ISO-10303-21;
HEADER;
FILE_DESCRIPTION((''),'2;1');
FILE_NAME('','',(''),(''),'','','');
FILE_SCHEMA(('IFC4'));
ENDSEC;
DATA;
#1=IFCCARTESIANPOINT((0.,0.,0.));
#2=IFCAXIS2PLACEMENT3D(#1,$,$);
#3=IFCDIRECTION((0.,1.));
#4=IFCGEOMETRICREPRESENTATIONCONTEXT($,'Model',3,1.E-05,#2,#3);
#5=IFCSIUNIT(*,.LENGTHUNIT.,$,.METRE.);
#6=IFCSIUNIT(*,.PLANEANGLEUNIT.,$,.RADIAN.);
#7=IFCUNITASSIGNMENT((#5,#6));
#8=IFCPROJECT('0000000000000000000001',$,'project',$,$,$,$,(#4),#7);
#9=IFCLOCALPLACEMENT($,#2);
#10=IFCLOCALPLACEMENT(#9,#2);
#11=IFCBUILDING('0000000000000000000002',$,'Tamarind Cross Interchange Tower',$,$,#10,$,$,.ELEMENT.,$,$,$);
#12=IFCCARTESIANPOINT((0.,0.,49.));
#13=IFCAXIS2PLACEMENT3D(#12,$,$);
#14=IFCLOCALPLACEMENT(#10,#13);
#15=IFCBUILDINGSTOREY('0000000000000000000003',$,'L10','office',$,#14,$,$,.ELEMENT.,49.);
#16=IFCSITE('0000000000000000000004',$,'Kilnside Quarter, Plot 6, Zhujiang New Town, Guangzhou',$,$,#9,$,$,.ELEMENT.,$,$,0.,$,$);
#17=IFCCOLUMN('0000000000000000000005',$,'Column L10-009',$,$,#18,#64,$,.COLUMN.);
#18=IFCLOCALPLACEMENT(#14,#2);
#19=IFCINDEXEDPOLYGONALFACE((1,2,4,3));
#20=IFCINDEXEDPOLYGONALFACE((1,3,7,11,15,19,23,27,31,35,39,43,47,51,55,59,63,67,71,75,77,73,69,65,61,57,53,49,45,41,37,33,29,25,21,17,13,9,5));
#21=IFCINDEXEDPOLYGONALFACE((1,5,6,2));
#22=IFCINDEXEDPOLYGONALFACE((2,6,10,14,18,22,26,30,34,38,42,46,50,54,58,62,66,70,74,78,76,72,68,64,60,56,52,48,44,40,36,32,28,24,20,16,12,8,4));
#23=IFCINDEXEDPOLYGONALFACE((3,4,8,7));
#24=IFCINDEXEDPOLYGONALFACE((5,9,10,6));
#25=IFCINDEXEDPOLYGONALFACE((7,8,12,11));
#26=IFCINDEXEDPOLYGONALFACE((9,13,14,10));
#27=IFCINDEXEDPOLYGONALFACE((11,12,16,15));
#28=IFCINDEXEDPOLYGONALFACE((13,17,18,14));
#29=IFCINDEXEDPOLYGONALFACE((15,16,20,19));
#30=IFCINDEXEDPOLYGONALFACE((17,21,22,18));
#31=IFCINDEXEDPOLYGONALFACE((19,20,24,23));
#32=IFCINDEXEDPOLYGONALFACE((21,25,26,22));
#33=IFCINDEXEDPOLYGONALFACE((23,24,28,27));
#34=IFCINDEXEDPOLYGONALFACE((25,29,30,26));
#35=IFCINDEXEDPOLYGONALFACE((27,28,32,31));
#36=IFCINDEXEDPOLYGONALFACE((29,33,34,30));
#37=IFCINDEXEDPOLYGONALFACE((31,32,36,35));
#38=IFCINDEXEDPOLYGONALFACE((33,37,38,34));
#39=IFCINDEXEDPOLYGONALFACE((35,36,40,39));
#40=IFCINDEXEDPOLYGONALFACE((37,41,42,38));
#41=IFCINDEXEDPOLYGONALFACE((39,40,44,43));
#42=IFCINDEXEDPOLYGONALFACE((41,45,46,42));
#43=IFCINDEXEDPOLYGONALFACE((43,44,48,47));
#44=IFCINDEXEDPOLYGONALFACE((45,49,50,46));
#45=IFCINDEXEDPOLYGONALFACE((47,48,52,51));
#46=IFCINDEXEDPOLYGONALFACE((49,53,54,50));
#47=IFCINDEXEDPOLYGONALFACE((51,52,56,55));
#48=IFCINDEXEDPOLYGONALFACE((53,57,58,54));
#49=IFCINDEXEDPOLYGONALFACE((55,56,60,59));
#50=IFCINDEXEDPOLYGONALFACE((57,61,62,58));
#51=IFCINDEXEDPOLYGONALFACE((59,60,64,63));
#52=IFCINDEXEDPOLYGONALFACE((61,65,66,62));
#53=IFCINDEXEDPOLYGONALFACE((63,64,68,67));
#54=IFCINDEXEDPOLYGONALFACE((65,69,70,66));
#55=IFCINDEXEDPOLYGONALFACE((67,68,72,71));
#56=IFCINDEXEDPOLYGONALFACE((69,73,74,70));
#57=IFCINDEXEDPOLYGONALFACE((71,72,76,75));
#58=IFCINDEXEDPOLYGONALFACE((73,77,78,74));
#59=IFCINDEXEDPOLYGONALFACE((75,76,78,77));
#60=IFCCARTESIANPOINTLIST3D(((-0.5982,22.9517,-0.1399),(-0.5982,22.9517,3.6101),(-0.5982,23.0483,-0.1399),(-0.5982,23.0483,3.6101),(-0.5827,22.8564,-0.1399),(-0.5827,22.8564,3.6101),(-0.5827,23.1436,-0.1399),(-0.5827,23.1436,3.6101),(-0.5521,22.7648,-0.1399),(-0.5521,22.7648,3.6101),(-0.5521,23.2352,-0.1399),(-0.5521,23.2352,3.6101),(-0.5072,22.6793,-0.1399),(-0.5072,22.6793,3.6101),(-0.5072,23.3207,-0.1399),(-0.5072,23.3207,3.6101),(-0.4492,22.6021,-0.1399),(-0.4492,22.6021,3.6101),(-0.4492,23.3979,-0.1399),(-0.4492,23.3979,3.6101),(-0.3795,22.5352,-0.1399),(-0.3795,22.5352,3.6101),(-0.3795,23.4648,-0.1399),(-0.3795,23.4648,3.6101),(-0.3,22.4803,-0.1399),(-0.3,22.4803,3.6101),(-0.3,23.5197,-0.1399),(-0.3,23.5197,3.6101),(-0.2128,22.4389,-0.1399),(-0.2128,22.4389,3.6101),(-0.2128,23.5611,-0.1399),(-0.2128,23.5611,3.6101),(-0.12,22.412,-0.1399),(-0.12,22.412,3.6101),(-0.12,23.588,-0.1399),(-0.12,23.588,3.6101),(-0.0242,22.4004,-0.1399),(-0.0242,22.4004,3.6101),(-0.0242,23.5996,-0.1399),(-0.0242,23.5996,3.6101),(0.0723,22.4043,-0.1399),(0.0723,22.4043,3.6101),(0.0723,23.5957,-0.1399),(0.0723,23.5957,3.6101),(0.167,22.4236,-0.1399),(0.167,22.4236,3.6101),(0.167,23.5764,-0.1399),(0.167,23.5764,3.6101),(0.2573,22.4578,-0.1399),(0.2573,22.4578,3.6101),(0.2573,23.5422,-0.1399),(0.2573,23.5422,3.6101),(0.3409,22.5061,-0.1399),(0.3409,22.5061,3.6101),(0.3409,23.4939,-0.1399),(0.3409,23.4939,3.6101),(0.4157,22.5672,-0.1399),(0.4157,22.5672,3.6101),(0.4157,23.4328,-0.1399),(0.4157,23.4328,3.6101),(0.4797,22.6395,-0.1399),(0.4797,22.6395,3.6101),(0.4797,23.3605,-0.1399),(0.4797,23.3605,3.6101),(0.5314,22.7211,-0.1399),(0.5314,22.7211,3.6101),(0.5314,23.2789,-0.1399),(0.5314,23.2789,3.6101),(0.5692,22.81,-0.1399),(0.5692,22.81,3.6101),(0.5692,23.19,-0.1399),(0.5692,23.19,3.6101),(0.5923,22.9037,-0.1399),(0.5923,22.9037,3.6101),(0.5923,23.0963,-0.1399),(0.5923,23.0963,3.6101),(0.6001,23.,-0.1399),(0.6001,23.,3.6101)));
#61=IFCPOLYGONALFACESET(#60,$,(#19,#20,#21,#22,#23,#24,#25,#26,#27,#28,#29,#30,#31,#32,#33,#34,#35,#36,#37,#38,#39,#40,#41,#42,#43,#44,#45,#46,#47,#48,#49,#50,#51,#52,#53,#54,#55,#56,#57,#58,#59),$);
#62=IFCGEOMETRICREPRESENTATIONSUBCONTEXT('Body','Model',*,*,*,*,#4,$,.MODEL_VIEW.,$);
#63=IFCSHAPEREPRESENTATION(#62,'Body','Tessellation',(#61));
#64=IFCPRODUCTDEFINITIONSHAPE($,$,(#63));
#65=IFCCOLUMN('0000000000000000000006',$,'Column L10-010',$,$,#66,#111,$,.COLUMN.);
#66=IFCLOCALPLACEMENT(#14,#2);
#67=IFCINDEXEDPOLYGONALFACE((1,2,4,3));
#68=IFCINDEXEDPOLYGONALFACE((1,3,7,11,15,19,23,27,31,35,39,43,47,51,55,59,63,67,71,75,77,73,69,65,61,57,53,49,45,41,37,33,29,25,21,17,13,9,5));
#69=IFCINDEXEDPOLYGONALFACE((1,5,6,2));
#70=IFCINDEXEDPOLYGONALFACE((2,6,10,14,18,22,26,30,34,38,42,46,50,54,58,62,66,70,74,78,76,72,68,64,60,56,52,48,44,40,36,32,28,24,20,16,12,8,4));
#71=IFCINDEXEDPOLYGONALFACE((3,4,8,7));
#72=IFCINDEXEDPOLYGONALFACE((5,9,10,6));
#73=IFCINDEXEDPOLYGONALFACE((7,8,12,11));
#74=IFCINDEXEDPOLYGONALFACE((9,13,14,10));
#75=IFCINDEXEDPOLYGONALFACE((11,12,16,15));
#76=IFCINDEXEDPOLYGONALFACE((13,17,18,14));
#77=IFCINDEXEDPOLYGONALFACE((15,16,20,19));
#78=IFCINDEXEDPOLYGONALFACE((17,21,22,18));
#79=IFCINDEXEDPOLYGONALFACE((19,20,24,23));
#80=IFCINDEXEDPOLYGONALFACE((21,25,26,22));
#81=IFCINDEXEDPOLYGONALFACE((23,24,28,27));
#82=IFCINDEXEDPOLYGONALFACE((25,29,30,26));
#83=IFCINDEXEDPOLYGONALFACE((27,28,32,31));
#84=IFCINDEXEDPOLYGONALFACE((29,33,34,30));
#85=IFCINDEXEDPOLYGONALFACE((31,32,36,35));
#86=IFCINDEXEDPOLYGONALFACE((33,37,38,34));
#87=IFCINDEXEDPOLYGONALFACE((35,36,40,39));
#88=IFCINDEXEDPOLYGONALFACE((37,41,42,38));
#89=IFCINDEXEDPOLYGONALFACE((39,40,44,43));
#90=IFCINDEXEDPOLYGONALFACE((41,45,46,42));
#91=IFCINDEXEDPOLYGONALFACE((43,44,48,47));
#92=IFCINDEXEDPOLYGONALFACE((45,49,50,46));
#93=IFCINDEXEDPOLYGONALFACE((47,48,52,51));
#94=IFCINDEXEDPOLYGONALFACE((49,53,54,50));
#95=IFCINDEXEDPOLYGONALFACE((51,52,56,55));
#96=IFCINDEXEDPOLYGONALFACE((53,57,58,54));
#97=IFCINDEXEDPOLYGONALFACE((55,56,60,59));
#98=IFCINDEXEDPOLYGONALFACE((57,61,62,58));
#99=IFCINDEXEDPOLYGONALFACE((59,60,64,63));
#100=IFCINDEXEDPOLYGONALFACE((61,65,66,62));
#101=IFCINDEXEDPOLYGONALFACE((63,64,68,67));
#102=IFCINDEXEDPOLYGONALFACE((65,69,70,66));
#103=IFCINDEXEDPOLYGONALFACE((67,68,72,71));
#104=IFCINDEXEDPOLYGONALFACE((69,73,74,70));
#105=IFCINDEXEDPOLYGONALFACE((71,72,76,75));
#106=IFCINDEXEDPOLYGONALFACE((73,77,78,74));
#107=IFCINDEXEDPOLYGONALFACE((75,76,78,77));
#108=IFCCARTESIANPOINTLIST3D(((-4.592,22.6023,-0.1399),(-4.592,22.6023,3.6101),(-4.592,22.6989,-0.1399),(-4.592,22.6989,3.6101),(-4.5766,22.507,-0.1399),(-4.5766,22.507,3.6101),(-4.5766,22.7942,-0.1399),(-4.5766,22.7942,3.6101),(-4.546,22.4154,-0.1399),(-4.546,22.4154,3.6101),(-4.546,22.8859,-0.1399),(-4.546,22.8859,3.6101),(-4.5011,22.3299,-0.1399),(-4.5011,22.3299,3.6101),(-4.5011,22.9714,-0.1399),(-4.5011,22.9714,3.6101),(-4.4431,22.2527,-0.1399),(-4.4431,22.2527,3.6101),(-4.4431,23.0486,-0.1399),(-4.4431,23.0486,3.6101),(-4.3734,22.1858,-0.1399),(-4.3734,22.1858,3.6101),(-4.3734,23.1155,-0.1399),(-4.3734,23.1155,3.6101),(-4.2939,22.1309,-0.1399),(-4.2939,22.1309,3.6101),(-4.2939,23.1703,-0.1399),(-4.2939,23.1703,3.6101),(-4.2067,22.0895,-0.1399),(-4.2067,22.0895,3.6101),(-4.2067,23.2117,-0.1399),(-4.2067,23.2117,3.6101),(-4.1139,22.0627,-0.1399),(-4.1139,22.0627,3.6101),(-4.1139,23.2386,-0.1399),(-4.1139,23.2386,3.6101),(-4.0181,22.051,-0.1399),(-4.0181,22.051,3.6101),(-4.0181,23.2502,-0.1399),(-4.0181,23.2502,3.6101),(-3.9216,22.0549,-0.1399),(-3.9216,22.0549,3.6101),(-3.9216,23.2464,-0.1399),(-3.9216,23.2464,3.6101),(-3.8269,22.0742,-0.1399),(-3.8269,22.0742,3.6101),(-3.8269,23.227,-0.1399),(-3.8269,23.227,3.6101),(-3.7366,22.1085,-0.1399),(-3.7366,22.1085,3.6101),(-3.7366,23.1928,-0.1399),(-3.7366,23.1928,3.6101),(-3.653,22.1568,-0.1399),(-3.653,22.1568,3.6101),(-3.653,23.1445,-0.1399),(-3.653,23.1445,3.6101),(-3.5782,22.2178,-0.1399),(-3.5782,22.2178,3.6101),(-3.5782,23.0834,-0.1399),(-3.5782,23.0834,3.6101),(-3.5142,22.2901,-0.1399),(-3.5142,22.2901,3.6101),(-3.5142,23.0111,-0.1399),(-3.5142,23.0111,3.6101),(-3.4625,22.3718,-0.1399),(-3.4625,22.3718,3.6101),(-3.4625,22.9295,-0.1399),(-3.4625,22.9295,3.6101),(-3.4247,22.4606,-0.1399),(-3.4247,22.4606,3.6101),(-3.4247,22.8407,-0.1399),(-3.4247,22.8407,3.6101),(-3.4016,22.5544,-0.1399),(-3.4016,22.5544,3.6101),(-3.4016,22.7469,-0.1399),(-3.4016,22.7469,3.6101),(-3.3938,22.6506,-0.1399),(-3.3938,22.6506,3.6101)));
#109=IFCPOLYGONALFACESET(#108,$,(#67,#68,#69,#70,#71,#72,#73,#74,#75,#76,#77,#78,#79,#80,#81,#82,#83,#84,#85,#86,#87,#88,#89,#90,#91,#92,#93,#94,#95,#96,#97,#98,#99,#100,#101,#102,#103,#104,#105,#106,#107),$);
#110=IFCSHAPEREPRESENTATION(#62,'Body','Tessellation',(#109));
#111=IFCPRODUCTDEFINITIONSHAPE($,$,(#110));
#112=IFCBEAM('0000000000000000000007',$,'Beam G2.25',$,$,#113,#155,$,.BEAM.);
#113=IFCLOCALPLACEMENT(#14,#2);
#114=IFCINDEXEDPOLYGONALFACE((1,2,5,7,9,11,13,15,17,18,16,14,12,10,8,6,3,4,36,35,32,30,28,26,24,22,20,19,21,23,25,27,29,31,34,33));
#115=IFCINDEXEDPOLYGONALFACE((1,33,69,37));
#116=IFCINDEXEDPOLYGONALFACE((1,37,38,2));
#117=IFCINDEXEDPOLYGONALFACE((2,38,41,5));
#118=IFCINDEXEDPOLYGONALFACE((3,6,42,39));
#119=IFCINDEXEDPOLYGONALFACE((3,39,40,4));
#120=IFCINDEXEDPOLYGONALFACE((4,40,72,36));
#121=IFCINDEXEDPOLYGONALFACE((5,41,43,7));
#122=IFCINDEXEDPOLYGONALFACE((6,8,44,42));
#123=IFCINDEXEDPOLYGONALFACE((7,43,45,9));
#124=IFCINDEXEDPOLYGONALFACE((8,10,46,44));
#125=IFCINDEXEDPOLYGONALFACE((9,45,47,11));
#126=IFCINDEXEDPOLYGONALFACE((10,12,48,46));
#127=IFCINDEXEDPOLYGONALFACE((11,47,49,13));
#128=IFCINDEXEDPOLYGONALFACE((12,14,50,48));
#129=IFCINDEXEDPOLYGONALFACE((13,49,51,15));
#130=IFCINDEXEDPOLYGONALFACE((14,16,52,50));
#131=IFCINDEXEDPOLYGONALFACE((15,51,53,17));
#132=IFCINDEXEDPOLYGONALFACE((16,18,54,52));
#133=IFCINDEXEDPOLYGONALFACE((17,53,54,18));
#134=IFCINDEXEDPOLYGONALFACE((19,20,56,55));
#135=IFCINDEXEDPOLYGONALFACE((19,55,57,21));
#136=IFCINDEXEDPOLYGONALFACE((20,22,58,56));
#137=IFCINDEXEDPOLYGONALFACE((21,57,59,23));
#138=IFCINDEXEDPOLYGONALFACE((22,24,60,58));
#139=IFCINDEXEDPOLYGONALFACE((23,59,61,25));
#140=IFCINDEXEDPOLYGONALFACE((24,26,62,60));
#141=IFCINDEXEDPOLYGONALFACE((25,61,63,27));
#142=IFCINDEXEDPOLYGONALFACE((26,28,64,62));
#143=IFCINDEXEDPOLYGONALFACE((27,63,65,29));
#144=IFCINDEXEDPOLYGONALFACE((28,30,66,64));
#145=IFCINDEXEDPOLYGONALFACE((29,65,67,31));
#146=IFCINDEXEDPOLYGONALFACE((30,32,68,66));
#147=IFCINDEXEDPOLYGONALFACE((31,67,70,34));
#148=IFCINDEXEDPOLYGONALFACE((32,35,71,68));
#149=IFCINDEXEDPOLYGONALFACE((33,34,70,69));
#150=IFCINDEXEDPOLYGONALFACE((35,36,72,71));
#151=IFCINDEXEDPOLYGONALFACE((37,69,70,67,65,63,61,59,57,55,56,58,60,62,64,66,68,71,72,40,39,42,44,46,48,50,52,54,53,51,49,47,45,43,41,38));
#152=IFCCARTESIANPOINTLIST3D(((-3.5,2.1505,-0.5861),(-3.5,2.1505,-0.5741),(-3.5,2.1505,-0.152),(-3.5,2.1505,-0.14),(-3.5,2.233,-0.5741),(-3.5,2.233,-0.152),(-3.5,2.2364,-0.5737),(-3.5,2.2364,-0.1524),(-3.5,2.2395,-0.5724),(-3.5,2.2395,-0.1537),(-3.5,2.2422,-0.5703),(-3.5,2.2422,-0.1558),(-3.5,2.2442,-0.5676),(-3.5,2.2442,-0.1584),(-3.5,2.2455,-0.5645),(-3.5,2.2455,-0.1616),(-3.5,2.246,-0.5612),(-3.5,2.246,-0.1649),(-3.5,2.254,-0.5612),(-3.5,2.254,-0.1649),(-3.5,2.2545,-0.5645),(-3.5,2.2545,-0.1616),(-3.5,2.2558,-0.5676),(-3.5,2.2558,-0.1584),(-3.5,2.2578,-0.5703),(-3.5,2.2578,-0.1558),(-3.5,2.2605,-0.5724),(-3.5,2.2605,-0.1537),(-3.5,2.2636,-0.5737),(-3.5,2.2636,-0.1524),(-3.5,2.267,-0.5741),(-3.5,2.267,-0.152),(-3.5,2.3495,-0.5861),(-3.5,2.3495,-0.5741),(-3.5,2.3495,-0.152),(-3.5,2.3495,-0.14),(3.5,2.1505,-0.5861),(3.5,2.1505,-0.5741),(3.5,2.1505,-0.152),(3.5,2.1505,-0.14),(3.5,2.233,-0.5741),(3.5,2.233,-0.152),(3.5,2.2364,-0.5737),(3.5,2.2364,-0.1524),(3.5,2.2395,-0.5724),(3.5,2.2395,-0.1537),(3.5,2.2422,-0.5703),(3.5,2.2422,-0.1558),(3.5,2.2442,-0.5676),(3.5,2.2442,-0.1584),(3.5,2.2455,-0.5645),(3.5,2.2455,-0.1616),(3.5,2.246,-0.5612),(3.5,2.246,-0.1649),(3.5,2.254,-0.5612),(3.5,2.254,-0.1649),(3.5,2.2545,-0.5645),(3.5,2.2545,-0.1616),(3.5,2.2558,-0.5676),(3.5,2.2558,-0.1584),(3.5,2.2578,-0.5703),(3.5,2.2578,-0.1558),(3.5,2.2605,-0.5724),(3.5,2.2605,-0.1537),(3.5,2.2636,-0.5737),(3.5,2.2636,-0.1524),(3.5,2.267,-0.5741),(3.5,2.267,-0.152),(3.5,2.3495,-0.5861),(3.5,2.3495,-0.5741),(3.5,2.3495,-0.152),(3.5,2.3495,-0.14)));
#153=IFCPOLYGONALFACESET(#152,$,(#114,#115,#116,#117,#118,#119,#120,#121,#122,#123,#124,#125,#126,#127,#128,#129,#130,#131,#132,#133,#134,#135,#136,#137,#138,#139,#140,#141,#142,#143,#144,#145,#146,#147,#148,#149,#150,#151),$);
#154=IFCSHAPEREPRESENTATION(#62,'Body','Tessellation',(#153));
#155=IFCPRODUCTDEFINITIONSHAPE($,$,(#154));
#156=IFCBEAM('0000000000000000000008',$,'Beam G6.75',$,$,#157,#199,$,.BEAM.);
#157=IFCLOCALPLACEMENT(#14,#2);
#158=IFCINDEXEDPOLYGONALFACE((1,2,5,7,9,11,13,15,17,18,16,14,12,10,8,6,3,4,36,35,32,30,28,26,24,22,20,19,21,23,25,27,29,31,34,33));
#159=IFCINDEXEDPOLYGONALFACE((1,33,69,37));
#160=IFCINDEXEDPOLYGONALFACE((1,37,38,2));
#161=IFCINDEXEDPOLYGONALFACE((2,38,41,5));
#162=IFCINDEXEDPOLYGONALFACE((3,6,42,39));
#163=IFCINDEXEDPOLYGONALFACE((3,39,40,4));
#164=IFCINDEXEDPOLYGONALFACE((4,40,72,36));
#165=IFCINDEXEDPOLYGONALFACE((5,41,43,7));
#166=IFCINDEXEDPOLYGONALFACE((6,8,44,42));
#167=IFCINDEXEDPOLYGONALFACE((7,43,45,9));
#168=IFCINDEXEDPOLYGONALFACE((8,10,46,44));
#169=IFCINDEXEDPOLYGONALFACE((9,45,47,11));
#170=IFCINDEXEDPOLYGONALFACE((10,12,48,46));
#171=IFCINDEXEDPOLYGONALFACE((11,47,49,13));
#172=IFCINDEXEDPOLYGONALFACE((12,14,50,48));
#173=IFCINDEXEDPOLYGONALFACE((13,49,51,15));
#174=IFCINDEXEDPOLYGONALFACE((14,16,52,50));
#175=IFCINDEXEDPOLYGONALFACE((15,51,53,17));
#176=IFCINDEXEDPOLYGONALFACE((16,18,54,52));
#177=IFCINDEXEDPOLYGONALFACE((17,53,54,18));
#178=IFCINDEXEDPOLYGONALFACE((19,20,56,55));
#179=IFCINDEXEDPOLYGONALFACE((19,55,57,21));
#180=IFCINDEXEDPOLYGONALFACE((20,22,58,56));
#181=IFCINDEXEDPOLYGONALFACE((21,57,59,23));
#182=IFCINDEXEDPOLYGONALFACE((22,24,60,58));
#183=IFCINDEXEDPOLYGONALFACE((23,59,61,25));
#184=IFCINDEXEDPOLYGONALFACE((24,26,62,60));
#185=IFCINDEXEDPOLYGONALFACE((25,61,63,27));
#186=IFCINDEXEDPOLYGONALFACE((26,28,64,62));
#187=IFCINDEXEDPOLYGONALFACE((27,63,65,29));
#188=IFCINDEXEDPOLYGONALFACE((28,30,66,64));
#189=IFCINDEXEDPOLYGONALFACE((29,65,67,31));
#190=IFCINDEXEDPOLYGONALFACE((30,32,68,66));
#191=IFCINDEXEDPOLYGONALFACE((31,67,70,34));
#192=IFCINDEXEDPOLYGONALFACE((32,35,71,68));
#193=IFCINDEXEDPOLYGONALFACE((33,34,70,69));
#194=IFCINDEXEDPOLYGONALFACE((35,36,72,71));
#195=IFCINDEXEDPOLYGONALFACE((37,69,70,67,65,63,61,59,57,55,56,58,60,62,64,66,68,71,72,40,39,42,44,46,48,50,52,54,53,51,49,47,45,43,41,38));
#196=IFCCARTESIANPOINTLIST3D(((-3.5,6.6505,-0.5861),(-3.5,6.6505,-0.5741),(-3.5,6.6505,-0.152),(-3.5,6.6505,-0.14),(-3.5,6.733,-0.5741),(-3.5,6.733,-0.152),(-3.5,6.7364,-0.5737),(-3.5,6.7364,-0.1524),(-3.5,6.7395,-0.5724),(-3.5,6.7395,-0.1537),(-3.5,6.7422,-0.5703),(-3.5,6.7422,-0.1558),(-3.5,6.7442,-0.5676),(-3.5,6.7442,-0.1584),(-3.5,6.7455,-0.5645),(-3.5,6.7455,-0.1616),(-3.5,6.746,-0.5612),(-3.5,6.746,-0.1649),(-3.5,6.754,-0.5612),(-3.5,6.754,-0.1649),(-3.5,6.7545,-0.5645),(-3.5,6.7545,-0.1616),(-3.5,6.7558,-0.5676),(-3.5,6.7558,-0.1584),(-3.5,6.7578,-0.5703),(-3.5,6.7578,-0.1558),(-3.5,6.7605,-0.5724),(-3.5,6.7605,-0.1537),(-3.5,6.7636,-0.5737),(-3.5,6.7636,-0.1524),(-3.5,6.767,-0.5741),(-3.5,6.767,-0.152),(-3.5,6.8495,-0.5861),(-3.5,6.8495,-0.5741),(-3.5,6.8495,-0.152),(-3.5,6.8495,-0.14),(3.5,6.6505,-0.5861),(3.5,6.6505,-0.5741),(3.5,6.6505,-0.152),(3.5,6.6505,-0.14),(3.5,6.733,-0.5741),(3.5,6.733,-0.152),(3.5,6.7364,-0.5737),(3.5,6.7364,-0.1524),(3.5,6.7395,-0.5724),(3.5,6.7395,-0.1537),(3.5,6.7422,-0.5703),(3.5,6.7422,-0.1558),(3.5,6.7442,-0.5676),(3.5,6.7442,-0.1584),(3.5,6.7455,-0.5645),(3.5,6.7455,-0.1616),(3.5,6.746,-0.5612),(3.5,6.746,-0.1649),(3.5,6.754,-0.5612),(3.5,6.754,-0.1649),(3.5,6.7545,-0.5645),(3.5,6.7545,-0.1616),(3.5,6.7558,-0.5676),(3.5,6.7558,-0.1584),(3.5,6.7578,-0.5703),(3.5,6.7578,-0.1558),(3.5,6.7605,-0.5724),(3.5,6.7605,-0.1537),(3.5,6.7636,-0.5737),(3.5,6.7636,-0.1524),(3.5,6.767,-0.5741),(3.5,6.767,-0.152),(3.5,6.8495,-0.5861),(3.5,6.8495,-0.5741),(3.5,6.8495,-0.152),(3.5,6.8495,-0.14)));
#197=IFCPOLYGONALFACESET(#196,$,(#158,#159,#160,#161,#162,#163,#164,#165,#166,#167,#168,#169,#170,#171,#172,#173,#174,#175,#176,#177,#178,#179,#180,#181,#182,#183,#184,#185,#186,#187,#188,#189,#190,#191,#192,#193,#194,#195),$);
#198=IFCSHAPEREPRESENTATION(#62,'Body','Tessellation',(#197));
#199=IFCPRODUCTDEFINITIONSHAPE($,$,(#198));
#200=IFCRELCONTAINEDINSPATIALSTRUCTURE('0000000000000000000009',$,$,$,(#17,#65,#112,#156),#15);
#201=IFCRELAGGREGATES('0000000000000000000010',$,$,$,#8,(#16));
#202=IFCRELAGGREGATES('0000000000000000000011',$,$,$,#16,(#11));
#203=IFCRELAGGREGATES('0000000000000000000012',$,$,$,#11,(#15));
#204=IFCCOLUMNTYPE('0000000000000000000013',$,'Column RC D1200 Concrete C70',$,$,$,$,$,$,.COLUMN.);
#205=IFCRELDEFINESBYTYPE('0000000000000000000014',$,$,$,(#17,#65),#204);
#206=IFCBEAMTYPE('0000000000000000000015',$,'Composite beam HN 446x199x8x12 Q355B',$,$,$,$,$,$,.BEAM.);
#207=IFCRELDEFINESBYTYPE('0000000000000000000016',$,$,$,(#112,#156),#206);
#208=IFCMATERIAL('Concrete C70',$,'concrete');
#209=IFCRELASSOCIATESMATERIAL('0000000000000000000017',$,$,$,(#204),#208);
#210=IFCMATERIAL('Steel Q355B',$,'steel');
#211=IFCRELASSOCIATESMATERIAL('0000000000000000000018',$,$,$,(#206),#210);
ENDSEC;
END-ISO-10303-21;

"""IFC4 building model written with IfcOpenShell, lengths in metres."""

from ifc_helpers import new_model, si_unit, direction, frame, origin, origin_2d, place, context, subcontext, project, spatial, circle, i_section, extrude, material, material_profile, profile_set, type_object, element, save


model = new_model("IFC4")

# Units and contexts
model_context = context("Model", 3, precision=1e-05, world=origin(), true_north=direction((0.0, 1.0)))
body_context = subcontext(model_context, "Body", "Model", "MODEL_VIEW")
ifc_project = project(units=[si_unit("LENGTHUNIT", "METRE"), si_unit("PLANEANGLEUNIT", "RADIAN")], contexts=[model_context])

# Site, building, storey
site_placement = place(None, origin())
site = spatial("IfcSite", under=ifc_project, at=site_placement, Name="Kilnside Quarter, Plot 6, Zhujiang New Town, Guangzhou", CompositionType="ELEMENT", RefElevation=0.0)
building_placement = place(site_placement, origin())
building = spatial("IfcBuilding", under=site, at=building_placement, Name="Tamarind Cross Interchange Tower", CompositionType="ELEMENT")
storey_placement = place(building_placement, frame((0.0, 0.0, 49.0)))
storey = spatial("IfcBuildingStorey", under=building, at=storey_placement, Name="L10", Description="office", CompositionType="ELEMENT", Elevation=49.0)

# Columns
ifc_material_1 = material(Name="Concrete C70", Category="concrete")
ifc_material_profile_1 = material_profile(ifc_material_1, circle(Radius=0.6001, at=origin_2d()), Name="RC D1200")
ifc_profile_set_1 = profile_set([ifc_material_profile_1], Name="Concrete C70")
column_type = type_object("IfcColumnType", Name="Column RC D1200 Concrete C70", PredefinedType="COLUMN", material=ifc_profile_set_1)
for number, where, z_axis, x_axis, name in (
    (1, (0.0, 23.0, -0.1399), (0.0, 0.0, 1.0), (1.0, 0.0, 0.0), "Column L10-009"),
    (2, (-3.9939, 22.6506, -0.1399), (0.0, 0.0, 1.0), (1.0, 0.0, 0.0), "Column L10-010"),
):
    element("IfcColumn", number, at=place(storey_placement, frame(where, z_axis=z_axis, x_axis=x_axis)), inside=storey, type_object=column_type, Name=name, PredefinedType="COLUMN", context=body_context, shape_type="SweptSolid", body=[
        extrude(circle(Radius=0.6001, at=origin_2d()), origin(), (0.0, 0.0, 1.0), 3.75),
    ])

# Beams
ifc_material_2 = material(Name="Steel Q355B", Category="steel")
ifc_material_profile_2 = material_profile(ifc_material_2, i_section(OverallWidth=0.199, OverallDepth=0.446, WebThickness=0.0081, FlangeThickness=0.012, FilletRadius=0.0129, at=origin_2d()), Name="HN 446x199x8x12")
ifc_profile_set_2 = profile_set([ifc_material_profile_2], Name="Steel Q355B")
beam_type_1 = type_object("IfcBeamType", Name="Composite beam HN 446x199x8x12 Q355B", PredefinedType="BEAM", material=ifc_profile_set_2)
for number, where, z_axis, x_axis, name in (
    (3, (-3.5, 2.25, -0.363), (1.0, 0.0, 0.0), (0.0, 1.0, 0.0), "Beam G2.25"),
    (4, (-3.5, 6.75, -0.363), (1.0, 0.0, 0.0), (0.0, 1.0, 0.0), "Beam G6.75"),
):
    element("IfcBeam", number, at=place(storey_placement, frame(where, z_axis=z_axis, x_axis=x_axis)), inside=storey, type_object=beam_type_1, Name=name, PredefinedType="BEAM", context=body_context, shape_type="SweptSolid", body=[
        extrude(i_section(OverallWidth=0.199, OverallDepth=0.446, WebThickness=0.0081, FlangeThickness=0.012, FilletRadius=0.0129, at=origin_2d()), origin(), (0.0, 0.0, 1.0), 7.0),
    ])

save(model, "model.ifc")
